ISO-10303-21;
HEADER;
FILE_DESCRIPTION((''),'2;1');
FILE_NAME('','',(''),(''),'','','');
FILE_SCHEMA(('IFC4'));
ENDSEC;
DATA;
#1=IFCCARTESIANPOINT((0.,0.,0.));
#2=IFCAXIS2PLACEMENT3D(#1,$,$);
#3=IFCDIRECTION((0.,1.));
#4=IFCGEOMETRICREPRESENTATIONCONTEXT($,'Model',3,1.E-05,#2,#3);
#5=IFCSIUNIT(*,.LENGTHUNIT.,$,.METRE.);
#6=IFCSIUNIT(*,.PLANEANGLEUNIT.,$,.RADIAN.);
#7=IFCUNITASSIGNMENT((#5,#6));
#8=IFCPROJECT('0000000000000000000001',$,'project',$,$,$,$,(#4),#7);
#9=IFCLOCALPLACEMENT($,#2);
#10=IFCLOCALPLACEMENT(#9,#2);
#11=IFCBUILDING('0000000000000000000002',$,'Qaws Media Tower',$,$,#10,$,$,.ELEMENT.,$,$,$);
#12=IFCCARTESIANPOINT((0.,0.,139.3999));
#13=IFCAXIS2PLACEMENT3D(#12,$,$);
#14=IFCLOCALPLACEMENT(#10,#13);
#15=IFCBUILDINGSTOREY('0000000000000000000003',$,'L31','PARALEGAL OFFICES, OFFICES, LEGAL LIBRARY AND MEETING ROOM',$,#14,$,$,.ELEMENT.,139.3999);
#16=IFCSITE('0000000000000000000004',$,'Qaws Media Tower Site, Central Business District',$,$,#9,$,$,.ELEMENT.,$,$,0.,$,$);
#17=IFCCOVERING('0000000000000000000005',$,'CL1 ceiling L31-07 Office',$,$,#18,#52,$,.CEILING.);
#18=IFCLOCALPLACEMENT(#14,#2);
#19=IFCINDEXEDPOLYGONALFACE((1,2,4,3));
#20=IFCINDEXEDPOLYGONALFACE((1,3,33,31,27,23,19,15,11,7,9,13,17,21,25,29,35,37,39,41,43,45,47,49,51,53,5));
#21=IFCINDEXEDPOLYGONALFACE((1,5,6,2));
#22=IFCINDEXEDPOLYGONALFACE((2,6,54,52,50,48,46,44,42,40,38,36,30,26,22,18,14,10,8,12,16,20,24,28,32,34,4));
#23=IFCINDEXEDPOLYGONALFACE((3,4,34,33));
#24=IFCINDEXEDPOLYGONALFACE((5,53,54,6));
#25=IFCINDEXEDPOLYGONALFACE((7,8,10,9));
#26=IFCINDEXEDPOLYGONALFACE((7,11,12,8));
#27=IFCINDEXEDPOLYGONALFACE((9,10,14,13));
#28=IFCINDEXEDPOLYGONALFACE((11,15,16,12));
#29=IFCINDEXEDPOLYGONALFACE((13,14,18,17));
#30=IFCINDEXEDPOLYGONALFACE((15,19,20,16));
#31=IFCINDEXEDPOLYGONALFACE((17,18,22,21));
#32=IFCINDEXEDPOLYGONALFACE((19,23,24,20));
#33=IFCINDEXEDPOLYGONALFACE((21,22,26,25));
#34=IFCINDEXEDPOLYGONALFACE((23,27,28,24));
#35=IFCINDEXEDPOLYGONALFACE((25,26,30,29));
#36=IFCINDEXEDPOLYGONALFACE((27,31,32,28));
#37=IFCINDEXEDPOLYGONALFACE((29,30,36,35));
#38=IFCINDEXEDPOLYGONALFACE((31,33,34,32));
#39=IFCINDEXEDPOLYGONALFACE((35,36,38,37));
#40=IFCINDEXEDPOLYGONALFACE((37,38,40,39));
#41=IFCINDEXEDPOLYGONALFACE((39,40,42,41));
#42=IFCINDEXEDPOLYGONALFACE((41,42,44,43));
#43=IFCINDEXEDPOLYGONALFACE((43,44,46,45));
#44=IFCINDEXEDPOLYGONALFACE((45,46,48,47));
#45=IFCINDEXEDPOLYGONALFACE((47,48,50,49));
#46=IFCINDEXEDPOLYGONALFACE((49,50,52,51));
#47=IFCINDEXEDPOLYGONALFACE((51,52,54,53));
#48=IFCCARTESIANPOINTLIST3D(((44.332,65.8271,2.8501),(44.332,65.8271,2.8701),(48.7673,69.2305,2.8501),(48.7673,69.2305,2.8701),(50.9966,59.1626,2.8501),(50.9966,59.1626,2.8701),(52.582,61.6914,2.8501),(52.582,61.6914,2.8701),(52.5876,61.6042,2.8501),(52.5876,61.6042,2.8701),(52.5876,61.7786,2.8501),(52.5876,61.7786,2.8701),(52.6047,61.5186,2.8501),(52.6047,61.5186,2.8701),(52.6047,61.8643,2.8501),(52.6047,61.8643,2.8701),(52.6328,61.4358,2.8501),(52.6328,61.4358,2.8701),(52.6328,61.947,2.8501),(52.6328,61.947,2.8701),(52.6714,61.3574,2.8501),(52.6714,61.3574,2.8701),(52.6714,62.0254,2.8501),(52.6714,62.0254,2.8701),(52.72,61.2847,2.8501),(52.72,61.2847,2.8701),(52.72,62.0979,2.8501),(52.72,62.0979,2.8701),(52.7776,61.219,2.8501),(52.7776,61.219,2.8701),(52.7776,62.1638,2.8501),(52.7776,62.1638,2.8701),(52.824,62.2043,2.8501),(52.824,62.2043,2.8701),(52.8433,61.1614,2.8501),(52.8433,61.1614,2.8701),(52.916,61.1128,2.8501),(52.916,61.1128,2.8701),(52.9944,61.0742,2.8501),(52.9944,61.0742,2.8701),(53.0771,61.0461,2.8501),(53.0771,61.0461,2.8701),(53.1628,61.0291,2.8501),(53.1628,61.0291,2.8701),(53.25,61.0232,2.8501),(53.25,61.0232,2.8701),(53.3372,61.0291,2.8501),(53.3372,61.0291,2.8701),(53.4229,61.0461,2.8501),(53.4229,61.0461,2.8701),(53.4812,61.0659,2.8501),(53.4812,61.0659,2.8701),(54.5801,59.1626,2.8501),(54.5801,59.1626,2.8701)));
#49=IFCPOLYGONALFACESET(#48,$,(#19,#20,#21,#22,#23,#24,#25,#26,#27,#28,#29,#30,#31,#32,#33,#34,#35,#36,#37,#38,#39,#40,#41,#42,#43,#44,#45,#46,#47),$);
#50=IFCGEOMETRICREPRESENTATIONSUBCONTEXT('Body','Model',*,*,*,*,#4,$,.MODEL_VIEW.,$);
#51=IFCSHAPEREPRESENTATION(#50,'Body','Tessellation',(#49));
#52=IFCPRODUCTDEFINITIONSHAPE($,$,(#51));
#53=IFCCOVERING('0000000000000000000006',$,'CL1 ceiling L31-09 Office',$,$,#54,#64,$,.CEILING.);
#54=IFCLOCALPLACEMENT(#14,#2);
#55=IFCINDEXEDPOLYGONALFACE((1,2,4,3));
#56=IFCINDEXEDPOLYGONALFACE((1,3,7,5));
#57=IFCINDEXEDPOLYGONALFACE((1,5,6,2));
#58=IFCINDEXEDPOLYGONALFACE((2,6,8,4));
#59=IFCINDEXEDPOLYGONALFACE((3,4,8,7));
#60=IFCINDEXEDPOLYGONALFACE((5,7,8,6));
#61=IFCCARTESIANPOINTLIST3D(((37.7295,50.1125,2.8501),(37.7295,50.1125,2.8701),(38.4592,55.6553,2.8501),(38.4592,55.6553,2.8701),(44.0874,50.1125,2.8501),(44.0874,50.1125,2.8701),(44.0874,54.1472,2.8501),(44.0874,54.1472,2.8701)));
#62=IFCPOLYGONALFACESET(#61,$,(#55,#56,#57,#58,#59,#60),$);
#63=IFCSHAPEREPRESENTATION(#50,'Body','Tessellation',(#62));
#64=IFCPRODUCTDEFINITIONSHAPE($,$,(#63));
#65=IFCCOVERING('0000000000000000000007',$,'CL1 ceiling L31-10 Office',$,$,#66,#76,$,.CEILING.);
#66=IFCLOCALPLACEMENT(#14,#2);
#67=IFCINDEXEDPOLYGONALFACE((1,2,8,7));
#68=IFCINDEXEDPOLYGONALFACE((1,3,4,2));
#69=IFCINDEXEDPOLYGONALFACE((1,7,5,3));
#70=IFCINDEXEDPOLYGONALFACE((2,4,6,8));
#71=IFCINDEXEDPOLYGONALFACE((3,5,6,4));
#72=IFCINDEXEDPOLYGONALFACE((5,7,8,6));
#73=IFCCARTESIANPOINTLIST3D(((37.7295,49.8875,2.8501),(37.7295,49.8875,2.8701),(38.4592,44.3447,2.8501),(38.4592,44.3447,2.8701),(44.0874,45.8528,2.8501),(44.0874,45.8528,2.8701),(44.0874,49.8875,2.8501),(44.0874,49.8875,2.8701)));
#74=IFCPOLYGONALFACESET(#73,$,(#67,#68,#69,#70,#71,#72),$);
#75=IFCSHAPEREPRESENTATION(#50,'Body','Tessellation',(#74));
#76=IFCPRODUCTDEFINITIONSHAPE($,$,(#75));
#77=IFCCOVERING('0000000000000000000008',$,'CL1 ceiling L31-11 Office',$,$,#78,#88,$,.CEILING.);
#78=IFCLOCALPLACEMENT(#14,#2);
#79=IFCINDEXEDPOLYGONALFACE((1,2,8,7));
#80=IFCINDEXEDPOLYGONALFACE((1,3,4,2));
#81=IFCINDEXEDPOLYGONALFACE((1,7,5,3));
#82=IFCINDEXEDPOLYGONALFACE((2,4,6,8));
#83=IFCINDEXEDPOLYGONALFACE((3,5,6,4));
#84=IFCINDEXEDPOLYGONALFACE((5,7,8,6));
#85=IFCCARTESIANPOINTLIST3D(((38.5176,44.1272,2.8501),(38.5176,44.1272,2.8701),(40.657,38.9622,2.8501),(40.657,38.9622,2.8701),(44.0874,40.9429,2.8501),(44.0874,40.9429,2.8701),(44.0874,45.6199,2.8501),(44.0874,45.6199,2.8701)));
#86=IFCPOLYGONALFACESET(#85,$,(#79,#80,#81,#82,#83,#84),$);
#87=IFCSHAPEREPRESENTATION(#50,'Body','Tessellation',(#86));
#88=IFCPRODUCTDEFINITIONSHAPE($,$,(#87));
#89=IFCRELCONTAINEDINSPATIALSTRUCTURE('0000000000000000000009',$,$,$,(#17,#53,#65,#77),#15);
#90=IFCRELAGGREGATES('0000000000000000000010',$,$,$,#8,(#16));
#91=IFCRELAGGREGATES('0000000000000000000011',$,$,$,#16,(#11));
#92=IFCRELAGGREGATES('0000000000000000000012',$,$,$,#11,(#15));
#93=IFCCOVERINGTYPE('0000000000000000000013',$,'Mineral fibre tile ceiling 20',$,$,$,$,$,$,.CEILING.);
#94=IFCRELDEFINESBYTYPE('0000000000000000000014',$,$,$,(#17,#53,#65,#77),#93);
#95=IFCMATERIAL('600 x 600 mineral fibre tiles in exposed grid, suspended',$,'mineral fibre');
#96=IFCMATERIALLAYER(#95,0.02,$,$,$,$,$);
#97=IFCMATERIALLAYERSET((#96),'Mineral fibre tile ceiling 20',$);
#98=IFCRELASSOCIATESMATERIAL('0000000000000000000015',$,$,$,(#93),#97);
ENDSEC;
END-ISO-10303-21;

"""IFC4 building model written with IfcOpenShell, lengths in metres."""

from ifc_helpers import new_model, si_unit, direction, frame, origin, place, context, subcontext, project, spatial, polyline, outline, extrude, material, layer, layer_set, type_object, element, save


model = new_model("IFC4")

# Units and contexts
model_context = context("Model", 3, precision=1e-05, world=origin(), true_north=direction((0.0, 1.0)))
body_context = subcontext(model_context, "Body", "Model", "MODEL_VIEW")
ifc_project = project(units=[si_unit("LENGTHUNIT", "METRE"), si_unit("PLANEANGLEUNIT", "RADIAN")], contexts=[model_context])

# Site, building, storey
site_placement = place(None, origin())
site = spatial("IfcSite", under=ifc_project, at=site_placement, Name="Qaws Media Tower Site, Central Business District", CompositionType="ELEMENT", RefElevation=0.0)
building_placement = place(site_placement, origin())
building = spatial("IfcBuilding", under=site, at=building_placement, Name="Qaws Media Tower", CompositionType="ELEMENT")
storey_placement = place(building_placement, frame((0.0, 0.0, 139.3999)))
storey = spatial("IfcBuildingStorey", under=building, at=storey_placement, Name="L31", Description="PARALEGAL OFFICES, OFFICES, LEGAL LIBRARY AND MEETING ROOM", CompositionType="ELEMENT", Elevation=139.3999)

# Coverings
ifc_material_1 = material(Name="600 x 600 mineral fibre tiles in exposed grid, suspended", Category="mineral fibre")
ifc_layer_1 = layer(ifc_material_1, 0.02)
ifc_layer_set_1 = layer_set([ifc_layer_1], Name="Mineral fibre tile ceiling 20")
covering_type_1 = type_object("IfcCoveringType", Name="Mineral fibre tile ceiling 20", PredefinedType="CEILING", material=ifc_layer_set_1)
covering_1_placement = place(storey_placement, frame((0.0, 0.0, 2.8501)))
element("IfcCovering", 1, at=covering_1_placement, inside=storey, type_object=covering_type_1, Name="CL1 ceiling L31-07 Office", PredefinedType="CEILING", context=body_context, shape_type="SweptSolid", body=[
    extrude(outline(polyline([(48.7673, 69.2305), (52.824, 62.2043), (52.7776, 62.1638), (52.72, 62.0979), (52.6714, 62.0254), (52.6328, 61.947), (52.6047, 61.8643), (52.5876, 61.7786), (52.582, 61.6914), (52.5876, 61.6042), (52.6047, 61.5186), (52.6328, 61.4358), (52.6714, 61.3574), (52.72, 61.2847), (52.7776, 61.219), (52.8433, 61.1614), (52.916, 61.1128), (52.9944, 61.0742), (53.0771, 61.0461), (53.1628, 61.0291), (53.25, 61.0232), (53.3372, 61.0291), (53.4229, 61.0461), (53.4812, 61.0659), (54.5801, 59.1626), (50.9966, 59.1626), (44.332, 65.8271), (48.7673, 69.2305)])), origin(), (0.0, 0.0, 1.0), 0.02),
])
covering_2_placement = place(storey_placement, frame((0.0, 0.0, 2.8501)))
element("IfcCovering", 2, at=covering_2_placement, inside=storey, type_object=covering_type_1, Name="CL1 ceiling L31-09 Office", PredefinedType="CEILING", context=body_context, shape_type="SweptSolid", body=[
    extrude(outline(polyline([(38.4592, 55.6553), (44.0874, 54.1472), (44.0874, 50.1125), (37.7295, 50.1125), (38.4592, 55.6553)])), origin(), (0.0, 0.0, 1.0), 0.02),
])
covering_3_placement = place(storey_placement, frame((0.0, 0.0, 2.8501)))
element("IfcCovering", 3, at=covering_3_placement, inside=storey, type_object=covering_type_1, Name="CL1 ceiling L31-10 Office", PredefinedType="CEILING", context=body_context, shape_type="SweptSolid", body=[
    extrude(outline(polyline([(37.7295, 49.8875), (44.0874, 49.8875), (44.0874, 45.8528), (38.4592, 44.3447), (37.7295, 49.8875)])), origin(), (0.0, 0.0, 1.0), 0.02),
])
covering_4_placement = place(storey_placement, frame((0.0, 0.0, 2.8501)))
element("IfcCovering", 4, at=covering_4_placement, inside=storey, type_object=covering_type_1, Name="CL1 ceiling L31-11 Office", PredefinedType="CEILING", context=body_context, shape_type="SweptSolid", body=[
    extrude(outline(polyline([(38.5176, 44.1272), (44.0874, 45.6199), (44.0874, 40.9429), (40.657, 38.9622), (38.5176, 44.1272)])), origin(), (0.0, 0.0, 1.0), 0.02),
])

save(model, "model.ifc")
